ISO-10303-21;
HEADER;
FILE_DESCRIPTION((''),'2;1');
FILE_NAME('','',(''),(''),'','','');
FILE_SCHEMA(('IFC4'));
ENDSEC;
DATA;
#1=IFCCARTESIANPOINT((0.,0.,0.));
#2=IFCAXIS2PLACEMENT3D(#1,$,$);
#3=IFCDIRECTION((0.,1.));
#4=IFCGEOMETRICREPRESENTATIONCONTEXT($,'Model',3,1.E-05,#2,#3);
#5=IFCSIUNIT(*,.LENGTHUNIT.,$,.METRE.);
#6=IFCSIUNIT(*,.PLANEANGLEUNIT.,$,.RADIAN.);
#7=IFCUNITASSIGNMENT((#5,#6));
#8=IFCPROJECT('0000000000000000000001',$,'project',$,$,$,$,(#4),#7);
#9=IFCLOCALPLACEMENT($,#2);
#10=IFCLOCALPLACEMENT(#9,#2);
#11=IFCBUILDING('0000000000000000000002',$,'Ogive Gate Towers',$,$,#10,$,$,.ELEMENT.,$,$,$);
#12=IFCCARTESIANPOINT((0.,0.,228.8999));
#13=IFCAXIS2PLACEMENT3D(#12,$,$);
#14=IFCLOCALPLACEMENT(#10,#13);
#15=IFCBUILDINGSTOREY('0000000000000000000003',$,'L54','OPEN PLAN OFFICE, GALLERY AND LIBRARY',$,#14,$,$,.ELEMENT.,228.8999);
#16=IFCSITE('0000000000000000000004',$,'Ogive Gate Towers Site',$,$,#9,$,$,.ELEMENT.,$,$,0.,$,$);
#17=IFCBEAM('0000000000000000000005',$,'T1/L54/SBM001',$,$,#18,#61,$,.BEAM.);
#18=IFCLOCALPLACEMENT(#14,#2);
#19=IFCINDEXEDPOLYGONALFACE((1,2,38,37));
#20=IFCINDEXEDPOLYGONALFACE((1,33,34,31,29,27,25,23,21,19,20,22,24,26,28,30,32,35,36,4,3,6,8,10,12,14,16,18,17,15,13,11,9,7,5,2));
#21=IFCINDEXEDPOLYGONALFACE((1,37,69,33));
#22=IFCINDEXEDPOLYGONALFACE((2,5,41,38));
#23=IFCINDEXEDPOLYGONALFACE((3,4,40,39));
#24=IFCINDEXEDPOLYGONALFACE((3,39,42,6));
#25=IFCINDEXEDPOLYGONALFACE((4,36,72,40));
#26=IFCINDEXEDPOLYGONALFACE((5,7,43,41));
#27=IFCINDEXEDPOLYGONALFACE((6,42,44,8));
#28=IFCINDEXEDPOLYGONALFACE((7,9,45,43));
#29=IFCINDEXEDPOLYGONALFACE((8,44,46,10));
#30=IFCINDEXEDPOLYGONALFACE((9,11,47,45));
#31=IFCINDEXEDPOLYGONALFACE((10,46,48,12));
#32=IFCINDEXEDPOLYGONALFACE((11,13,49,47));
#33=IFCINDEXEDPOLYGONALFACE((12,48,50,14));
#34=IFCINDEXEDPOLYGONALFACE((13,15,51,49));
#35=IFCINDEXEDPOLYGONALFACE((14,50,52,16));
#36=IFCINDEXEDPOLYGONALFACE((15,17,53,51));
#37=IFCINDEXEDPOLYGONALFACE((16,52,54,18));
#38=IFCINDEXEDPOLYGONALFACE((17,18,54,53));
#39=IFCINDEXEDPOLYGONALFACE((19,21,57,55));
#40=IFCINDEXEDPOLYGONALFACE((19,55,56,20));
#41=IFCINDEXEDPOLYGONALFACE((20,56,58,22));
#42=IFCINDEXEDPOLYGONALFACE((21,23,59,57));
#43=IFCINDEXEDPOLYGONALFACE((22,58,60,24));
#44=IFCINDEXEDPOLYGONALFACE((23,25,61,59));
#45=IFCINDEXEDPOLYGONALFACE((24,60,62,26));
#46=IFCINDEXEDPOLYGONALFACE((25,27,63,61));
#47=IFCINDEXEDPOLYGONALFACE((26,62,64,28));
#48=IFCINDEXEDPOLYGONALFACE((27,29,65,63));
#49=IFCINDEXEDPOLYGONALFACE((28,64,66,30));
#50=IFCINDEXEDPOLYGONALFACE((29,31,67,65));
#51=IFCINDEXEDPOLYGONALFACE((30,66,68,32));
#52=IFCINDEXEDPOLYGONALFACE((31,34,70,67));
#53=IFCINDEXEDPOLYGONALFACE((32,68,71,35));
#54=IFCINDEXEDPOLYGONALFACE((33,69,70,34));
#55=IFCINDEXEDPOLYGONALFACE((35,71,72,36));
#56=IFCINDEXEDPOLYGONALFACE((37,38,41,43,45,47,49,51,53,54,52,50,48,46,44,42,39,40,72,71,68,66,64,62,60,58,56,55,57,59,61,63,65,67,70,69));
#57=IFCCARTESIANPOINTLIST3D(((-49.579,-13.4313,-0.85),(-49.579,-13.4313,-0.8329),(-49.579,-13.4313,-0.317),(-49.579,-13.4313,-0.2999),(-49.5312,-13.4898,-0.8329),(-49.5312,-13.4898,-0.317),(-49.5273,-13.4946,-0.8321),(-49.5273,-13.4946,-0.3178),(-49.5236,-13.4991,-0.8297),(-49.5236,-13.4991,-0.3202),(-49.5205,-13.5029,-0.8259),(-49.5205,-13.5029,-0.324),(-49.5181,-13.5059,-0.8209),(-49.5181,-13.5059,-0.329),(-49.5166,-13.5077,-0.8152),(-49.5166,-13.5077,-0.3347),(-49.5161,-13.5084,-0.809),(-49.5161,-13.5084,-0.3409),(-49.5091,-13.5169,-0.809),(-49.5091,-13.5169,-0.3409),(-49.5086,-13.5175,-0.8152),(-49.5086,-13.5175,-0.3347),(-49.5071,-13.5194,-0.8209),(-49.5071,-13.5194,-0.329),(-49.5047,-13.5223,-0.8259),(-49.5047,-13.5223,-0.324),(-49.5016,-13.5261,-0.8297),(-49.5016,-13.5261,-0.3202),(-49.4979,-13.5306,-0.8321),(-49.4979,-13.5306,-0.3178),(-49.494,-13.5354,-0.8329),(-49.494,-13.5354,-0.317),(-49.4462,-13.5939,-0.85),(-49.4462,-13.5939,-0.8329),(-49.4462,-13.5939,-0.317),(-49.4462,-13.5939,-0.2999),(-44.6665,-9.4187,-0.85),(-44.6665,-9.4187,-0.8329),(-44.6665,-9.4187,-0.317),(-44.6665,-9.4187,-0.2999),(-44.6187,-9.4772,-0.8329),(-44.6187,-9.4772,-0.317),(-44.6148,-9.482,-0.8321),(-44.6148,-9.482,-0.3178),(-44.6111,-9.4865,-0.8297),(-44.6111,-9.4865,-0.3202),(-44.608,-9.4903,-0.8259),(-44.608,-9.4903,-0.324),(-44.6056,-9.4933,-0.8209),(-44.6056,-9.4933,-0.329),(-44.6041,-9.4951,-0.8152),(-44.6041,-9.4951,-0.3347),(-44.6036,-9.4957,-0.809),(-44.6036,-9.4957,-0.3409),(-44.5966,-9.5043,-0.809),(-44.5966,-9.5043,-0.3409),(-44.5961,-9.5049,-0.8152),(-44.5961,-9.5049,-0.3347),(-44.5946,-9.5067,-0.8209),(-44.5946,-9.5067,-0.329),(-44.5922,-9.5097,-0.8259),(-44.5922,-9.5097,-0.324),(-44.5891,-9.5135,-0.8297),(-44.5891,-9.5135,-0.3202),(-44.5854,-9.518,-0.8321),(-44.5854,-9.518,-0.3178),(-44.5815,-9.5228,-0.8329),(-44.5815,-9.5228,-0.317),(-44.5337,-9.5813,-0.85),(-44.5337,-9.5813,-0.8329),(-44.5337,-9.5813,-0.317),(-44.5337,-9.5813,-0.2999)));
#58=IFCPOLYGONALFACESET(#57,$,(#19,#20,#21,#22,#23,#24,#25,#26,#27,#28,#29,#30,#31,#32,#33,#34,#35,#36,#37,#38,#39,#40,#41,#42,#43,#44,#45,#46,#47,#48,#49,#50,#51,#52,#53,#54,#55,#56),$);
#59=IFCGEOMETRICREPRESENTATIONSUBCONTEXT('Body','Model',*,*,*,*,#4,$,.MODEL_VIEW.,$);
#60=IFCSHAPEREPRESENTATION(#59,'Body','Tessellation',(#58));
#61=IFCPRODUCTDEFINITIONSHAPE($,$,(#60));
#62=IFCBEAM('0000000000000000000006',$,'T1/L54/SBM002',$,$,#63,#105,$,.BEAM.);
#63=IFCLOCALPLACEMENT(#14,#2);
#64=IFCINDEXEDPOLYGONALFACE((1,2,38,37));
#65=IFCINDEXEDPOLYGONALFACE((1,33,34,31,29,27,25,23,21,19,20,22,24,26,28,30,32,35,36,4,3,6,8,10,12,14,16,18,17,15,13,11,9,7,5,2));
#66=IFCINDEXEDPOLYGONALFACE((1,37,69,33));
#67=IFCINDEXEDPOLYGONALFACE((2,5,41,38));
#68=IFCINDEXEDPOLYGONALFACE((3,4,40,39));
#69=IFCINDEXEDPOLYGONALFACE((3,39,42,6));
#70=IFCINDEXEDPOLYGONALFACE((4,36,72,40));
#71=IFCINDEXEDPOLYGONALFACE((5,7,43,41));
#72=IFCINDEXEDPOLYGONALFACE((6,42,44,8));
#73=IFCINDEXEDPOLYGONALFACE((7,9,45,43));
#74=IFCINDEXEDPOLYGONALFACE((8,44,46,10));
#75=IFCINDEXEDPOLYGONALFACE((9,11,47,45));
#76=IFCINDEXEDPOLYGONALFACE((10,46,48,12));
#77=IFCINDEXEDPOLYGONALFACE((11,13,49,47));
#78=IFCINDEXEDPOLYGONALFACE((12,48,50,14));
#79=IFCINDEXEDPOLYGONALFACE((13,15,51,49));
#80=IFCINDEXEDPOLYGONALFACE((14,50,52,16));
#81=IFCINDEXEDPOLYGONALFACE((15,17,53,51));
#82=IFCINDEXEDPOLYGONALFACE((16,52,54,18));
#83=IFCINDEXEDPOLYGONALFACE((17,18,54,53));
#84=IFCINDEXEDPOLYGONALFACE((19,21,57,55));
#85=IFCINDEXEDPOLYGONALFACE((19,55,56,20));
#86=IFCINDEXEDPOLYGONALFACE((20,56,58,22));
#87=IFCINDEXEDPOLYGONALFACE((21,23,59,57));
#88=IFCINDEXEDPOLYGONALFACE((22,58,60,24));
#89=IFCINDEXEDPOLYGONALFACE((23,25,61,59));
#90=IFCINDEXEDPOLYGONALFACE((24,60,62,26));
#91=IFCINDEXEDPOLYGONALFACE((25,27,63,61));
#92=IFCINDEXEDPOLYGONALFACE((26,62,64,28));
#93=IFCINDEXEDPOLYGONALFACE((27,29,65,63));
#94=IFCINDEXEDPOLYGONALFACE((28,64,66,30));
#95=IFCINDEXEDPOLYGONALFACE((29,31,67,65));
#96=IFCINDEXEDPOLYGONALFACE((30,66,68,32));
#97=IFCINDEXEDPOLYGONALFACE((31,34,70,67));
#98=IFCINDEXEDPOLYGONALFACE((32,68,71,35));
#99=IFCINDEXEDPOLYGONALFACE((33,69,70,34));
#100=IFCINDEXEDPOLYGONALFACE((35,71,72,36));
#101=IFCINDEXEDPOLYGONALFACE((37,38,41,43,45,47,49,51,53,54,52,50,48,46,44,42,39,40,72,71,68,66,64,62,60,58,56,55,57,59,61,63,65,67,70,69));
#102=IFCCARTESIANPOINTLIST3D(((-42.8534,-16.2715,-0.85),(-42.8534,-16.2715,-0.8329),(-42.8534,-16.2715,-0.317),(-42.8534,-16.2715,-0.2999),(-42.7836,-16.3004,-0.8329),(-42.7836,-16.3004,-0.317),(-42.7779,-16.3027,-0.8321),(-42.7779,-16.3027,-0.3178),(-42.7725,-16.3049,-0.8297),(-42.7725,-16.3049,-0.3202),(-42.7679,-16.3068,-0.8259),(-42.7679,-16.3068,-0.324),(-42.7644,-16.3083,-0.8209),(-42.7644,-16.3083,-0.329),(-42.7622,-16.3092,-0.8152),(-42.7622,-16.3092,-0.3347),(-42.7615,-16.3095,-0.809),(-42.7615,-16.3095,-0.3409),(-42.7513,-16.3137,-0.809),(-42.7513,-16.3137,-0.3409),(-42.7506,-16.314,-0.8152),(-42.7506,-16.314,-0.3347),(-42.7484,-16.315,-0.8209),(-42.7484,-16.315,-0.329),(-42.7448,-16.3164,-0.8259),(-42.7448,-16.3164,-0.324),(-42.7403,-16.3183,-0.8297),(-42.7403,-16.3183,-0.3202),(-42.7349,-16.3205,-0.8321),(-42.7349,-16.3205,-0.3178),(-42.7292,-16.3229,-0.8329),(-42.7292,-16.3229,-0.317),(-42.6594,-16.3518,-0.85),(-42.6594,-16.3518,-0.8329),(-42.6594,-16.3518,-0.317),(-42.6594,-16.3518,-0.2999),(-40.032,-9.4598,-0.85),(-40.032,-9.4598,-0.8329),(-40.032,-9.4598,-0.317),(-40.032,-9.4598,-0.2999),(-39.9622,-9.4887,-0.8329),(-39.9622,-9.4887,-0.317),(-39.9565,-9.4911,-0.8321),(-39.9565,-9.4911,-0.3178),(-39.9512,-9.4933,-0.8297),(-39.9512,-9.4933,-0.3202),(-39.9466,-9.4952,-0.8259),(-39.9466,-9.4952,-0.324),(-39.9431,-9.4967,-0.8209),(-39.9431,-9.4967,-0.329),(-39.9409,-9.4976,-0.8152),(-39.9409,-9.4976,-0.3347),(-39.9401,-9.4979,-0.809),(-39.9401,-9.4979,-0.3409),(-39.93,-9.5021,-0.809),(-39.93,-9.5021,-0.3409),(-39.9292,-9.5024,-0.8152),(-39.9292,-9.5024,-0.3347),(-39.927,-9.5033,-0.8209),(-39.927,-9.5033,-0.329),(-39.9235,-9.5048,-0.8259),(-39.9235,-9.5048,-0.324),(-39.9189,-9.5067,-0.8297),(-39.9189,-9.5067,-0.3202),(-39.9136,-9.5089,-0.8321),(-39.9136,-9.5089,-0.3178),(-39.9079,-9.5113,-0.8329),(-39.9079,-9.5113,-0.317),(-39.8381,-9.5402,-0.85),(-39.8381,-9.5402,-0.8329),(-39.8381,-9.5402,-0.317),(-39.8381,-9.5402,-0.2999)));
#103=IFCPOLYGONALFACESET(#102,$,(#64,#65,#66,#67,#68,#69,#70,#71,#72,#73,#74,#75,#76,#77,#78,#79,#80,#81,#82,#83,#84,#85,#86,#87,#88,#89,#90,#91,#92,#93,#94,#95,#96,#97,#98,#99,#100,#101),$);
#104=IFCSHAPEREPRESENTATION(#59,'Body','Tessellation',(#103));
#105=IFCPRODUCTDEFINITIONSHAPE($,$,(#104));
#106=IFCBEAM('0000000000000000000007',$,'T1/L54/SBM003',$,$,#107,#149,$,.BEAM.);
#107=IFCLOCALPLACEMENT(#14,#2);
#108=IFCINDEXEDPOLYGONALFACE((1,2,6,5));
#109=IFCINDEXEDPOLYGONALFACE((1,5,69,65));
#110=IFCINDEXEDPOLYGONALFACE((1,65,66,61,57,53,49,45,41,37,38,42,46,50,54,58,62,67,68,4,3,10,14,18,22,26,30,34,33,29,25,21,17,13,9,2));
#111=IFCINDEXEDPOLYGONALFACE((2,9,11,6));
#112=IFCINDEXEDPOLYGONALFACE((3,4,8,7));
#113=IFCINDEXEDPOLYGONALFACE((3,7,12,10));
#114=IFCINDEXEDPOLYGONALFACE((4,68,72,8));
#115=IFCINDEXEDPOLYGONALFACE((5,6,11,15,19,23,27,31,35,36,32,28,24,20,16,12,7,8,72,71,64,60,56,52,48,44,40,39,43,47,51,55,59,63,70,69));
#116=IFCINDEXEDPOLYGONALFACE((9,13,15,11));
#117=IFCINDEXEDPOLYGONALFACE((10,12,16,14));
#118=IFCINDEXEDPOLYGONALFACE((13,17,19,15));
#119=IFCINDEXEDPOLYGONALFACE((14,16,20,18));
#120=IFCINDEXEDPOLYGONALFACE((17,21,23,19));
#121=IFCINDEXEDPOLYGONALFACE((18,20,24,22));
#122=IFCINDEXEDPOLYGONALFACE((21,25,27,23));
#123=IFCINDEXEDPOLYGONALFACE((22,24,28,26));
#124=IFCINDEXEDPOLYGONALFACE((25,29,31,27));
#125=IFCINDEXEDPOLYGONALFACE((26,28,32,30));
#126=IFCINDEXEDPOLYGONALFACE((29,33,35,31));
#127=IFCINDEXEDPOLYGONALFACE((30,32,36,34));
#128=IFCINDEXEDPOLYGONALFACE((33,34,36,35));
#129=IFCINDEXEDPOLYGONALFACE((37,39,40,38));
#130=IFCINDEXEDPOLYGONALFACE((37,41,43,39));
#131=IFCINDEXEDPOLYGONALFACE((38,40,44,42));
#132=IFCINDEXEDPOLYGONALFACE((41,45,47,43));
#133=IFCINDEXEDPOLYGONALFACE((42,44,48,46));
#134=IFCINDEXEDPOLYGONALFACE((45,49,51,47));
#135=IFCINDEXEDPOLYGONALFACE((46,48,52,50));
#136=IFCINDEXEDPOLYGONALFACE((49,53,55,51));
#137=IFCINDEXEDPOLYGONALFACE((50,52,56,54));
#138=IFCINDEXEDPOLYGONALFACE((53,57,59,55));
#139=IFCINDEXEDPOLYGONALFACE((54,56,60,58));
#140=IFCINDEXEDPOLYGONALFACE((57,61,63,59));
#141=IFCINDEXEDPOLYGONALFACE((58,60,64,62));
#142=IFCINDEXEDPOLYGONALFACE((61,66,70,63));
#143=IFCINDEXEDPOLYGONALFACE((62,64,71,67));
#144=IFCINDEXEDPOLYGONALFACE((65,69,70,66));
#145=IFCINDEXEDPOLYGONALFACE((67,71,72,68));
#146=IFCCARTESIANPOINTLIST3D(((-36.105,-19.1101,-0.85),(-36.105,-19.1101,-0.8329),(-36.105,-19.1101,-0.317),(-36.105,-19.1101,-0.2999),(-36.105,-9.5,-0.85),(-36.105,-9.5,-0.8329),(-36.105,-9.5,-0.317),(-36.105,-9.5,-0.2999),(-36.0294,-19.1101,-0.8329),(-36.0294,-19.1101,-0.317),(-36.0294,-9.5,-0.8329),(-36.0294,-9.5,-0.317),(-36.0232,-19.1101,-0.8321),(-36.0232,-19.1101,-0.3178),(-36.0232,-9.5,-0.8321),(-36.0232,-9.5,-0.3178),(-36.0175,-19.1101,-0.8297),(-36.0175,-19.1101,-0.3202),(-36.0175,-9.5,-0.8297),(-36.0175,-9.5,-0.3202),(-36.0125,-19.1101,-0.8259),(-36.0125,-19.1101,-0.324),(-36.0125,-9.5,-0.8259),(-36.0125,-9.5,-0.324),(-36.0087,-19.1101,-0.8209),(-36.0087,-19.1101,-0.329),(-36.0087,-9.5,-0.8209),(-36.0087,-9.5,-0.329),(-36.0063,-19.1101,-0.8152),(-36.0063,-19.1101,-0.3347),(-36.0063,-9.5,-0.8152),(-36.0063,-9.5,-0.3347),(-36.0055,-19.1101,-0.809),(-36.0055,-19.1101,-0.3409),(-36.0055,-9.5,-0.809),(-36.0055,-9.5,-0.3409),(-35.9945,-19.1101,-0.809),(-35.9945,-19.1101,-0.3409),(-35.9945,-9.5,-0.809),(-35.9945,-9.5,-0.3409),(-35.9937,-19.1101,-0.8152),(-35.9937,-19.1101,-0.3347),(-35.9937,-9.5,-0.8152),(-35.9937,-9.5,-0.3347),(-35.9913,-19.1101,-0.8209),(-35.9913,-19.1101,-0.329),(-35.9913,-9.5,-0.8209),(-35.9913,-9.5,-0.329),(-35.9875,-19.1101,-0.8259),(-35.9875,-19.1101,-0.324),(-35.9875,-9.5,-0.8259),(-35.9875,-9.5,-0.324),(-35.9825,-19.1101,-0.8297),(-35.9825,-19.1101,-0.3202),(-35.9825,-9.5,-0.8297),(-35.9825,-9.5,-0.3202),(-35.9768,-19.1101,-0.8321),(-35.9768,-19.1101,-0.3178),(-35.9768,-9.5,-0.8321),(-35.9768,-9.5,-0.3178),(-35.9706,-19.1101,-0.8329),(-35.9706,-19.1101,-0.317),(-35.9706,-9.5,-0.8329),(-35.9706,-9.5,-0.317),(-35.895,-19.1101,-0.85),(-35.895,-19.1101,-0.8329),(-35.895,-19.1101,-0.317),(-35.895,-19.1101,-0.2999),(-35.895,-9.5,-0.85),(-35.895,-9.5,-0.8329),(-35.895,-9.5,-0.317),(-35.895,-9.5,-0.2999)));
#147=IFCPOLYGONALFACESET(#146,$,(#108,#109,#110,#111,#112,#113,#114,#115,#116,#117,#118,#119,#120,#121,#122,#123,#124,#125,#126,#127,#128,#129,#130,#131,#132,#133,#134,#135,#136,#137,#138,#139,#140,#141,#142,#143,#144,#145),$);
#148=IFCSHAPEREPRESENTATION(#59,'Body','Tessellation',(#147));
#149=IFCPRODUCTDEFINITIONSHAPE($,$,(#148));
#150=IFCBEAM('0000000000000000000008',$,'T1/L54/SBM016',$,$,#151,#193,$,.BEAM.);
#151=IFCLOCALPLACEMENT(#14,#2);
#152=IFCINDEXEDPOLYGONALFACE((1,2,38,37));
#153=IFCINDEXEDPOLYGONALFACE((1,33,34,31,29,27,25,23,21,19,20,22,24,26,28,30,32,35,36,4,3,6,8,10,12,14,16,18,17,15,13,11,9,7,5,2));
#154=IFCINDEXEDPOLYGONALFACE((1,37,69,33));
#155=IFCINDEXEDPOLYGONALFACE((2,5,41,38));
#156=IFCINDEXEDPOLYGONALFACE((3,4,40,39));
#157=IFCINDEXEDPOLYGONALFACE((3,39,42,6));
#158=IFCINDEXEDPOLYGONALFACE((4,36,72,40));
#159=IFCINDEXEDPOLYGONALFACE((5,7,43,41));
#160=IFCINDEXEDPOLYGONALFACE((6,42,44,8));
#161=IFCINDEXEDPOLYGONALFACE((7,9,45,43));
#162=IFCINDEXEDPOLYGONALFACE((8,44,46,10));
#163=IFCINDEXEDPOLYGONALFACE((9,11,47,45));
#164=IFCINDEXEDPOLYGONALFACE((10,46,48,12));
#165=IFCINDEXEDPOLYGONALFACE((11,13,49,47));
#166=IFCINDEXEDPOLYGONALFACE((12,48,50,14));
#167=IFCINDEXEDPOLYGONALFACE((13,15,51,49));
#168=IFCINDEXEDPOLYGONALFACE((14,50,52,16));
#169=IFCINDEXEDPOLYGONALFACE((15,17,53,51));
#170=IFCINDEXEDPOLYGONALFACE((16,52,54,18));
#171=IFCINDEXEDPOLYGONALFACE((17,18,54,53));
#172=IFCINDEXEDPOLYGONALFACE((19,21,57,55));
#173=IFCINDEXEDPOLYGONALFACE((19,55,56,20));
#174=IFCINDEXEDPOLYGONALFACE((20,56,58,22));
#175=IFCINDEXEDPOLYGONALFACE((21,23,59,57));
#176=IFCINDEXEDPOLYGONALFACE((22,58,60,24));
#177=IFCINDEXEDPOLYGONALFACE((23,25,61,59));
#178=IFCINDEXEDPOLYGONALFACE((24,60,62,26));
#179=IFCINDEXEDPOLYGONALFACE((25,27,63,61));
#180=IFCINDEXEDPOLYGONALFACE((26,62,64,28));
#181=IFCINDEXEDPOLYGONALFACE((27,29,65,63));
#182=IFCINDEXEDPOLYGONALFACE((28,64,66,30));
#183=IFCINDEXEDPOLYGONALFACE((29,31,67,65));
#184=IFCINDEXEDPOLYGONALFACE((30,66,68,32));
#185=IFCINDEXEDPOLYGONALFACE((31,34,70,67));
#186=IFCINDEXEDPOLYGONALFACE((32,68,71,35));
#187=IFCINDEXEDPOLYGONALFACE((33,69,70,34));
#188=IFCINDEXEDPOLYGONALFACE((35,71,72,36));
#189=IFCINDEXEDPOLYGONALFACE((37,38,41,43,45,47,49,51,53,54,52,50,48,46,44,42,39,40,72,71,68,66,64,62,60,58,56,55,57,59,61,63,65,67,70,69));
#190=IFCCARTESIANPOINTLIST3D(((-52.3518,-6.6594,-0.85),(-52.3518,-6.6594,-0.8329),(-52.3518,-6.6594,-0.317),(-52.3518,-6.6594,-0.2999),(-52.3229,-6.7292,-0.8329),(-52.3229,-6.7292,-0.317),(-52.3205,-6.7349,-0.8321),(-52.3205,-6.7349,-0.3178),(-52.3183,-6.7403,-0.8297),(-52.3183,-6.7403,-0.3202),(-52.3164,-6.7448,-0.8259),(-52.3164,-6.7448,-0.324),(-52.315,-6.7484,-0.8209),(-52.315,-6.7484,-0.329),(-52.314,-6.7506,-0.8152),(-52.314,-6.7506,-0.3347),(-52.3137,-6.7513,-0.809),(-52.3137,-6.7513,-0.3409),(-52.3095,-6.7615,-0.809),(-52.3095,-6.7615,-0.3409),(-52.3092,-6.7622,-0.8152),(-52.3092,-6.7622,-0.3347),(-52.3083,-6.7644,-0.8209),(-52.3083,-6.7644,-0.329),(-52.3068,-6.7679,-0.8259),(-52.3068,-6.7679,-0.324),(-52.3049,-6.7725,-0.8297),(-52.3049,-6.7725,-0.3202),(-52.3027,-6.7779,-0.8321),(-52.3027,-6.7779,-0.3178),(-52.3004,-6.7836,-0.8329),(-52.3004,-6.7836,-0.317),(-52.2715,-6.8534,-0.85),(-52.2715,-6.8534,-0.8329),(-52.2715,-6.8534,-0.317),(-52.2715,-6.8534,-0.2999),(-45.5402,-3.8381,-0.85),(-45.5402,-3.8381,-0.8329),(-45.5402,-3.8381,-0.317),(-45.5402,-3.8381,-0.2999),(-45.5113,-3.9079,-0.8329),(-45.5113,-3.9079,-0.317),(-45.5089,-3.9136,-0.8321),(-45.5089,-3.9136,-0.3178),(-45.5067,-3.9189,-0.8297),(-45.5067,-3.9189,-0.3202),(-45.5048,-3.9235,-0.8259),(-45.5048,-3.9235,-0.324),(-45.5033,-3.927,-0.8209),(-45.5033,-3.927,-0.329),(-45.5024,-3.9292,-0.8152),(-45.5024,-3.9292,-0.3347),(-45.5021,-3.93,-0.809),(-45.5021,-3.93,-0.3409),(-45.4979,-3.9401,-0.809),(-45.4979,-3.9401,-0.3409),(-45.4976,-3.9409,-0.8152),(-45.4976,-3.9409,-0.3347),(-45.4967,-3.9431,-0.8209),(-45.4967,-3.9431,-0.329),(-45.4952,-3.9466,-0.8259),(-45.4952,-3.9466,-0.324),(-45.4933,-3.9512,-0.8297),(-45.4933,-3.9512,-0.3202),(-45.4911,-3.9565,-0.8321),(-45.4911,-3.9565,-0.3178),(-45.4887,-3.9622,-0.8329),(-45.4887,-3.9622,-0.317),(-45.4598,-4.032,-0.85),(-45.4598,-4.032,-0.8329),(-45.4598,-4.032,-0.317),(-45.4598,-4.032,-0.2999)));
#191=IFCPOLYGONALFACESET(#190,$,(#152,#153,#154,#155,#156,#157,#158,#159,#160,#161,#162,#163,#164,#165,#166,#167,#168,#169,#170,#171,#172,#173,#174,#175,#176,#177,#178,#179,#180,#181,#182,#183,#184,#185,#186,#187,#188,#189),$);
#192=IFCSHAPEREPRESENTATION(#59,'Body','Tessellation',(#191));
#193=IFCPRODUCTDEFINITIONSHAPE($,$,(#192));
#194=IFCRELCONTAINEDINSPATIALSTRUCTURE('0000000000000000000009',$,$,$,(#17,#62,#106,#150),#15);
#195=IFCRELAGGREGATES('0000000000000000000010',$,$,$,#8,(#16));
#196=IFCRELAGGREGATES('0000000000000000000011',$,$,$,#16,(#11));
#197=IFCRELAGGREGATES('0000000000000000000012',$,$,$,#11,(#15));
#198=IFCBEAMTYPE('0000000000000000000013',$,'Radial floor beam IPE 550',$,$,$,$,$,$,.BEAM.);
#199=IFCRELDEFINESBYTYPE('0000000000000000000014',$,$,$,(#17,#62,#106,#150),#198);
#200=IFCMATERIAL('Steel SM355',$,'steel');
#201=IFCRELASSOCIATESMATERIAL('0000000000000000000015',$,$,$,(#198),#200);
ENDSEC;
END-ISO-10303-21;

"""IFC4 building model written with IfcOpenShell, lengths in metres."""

from ifc_helpers import new_model, si_unit, direction, frame, origin, origin_2d, place, context, subcontext, project, spatial, i_section, extrude, material, material_profile, profile_set, type_object, element, save


model = new_model("IFC4")

# Units and contexts
model_context = context("Model", 3, precision=1e-05, world=origin(), true_north=direction((0.0, 1.0)))
body_context = subcontext(model_context, "Body", "Model", "MODEL_VIEW")
ifc_project = project(units=[si_unit("LENGTHUNIT", "METRE"), si_unit("PLANEANGLEUNIT", "RADIAN")], contexts=[model_context])

# Site, building, storey
site_placement = place(None, origin())
site = spatial("IfcSite", under=ifc_project, at=site_placement, Name="Ogive Gate Towers Site", CompositionType="ELEMENT", RefElevation=0.0)
building_placement = place(site_placement, origin())
building = spatial("IfcBuilding", under=site, at=building_placement, Name="Ogive Gate Towers", CompositionType="ELEMENT")
storey_placement = place(building_placement, frame((0.0, 0.0, 228.8999)))
storey = spatial("IfcBuildingStorey", under=building, at=storey_placement, Name="L54", Description="OPEN PLAN OFFICE, GALLERY AND LIBRARY", CompositionType="ELEMENT", Elevation=228.8999)

# Beams
ifc_material_1 = material(Name="Steel SM355", Category="steel")
ifc_material_profile_1 = material_profile(ifc_material_1, i_section(OverallWidth=0.21, OverallDepth=0.55, WebThickness=0.011, FlangeThickness=0.0171, FilletRadius=0.0239, at=origin_2d()), Name="IPE 550")
ifc_profile_set_1 = profile_set([ifc_material_profile_1], Name="Steel SM355")
beam_type = type_object("IfcBeamType", Name="Radial floor beam IPE 550", PredefinedType="BEAM", material=ifc_profile_set_1)
beam_1_placement = place(storey_placement, frame((-44.6001, -9.5, -0.575), z_axis=(-0.774475, -0.632605, 0.0), x_axis=(0.632605, -0.774475, 0.0)))
element("IfcBeam", 1, at=beam_1_placement, inside=storey, type_object=beam_type, Name="T1/L54/SBM001", PredefinedType="BEAM", context=body_context, shape_type="SweptSolid", body=[
    extrude(i_section(OverallWidth=0.21, OverallDepth=0.55, WebThickness=0.011, FlangeThickness=0.0171, FilletRadius=0.0239, at=origin_2d()), origin(), (0.0, 0.0, 1.0), 6.343),
])
beam_2_placement = place(storey_placement, frame((-39.9351, -9.5, -0.575), z_axis=(-0.382668, -0.923886, 0.0), x_axis=(0.923886, -0.382668, 0.0)))
element("IfcBeam", 2, at=beam_2_placement, inside=storey, type_object=beam_type, Name="T1/L54/SBM002", PredefinedType="BEAM", context=body_context, shape_type="SweptSolid", body=[
    extrude(i_section(OverallWidth=0.21, OverallDepth=0.55, WebThickness=0.011, FlangeThickness=0.0171, FilletRadius=0.0239, at=origin_2d()), origin(), (0.0, 0.0, 1.0), 7.3728),
])
beam_3_placement = place(storey_placement, frame((-36.0, -9.5, -0.575), z_axis=(0.0, -1.0, 0.0), x_axis=(1.0, 0.0, 0.0)))
element("IfcBeam", 3, at=beam_3_placement, inside=storey, type_object=beam_type, Name="T1/L54/SBM003", PredefinedType="BEAM", context=body_context, shape_type="SweptSolid", body=[
    extrude(i_section(OverallWidth=0.21, OverallDepth=0.55, WebThickness=0.011, FlangeThickness=0.0171, FilletRadius=0.0239, at=origin_2d()), origin(), (0.0, 0.0, 1.0), 9.6101),
])
beam_4_placement = place(storey_placement, frame((-45.5, -3.9351, -0.575), z_axis=(-0.923886, -0.382668, 0.0), x_axis=(0.382668, -0.923886, 0.0)))
element("IfcBeam", 4, at=beam_4_placement, inside=storey, type_object=beam_type, Name="T1/L54/SBM016", PredefinedType="BEAM", context=body_context, shape_type="SweptSolid", body=[
    extrude(i_section(OverallWidth=0.21, OverallDepth=0.55, WebThickness=0.011, FlangeThickness=0.0171, FilletRadius=0.0239, at=origin_2d()), origin(), (0.0, 0.0, 1.0), 7.3728),
])

save(model, "model.ifc")
